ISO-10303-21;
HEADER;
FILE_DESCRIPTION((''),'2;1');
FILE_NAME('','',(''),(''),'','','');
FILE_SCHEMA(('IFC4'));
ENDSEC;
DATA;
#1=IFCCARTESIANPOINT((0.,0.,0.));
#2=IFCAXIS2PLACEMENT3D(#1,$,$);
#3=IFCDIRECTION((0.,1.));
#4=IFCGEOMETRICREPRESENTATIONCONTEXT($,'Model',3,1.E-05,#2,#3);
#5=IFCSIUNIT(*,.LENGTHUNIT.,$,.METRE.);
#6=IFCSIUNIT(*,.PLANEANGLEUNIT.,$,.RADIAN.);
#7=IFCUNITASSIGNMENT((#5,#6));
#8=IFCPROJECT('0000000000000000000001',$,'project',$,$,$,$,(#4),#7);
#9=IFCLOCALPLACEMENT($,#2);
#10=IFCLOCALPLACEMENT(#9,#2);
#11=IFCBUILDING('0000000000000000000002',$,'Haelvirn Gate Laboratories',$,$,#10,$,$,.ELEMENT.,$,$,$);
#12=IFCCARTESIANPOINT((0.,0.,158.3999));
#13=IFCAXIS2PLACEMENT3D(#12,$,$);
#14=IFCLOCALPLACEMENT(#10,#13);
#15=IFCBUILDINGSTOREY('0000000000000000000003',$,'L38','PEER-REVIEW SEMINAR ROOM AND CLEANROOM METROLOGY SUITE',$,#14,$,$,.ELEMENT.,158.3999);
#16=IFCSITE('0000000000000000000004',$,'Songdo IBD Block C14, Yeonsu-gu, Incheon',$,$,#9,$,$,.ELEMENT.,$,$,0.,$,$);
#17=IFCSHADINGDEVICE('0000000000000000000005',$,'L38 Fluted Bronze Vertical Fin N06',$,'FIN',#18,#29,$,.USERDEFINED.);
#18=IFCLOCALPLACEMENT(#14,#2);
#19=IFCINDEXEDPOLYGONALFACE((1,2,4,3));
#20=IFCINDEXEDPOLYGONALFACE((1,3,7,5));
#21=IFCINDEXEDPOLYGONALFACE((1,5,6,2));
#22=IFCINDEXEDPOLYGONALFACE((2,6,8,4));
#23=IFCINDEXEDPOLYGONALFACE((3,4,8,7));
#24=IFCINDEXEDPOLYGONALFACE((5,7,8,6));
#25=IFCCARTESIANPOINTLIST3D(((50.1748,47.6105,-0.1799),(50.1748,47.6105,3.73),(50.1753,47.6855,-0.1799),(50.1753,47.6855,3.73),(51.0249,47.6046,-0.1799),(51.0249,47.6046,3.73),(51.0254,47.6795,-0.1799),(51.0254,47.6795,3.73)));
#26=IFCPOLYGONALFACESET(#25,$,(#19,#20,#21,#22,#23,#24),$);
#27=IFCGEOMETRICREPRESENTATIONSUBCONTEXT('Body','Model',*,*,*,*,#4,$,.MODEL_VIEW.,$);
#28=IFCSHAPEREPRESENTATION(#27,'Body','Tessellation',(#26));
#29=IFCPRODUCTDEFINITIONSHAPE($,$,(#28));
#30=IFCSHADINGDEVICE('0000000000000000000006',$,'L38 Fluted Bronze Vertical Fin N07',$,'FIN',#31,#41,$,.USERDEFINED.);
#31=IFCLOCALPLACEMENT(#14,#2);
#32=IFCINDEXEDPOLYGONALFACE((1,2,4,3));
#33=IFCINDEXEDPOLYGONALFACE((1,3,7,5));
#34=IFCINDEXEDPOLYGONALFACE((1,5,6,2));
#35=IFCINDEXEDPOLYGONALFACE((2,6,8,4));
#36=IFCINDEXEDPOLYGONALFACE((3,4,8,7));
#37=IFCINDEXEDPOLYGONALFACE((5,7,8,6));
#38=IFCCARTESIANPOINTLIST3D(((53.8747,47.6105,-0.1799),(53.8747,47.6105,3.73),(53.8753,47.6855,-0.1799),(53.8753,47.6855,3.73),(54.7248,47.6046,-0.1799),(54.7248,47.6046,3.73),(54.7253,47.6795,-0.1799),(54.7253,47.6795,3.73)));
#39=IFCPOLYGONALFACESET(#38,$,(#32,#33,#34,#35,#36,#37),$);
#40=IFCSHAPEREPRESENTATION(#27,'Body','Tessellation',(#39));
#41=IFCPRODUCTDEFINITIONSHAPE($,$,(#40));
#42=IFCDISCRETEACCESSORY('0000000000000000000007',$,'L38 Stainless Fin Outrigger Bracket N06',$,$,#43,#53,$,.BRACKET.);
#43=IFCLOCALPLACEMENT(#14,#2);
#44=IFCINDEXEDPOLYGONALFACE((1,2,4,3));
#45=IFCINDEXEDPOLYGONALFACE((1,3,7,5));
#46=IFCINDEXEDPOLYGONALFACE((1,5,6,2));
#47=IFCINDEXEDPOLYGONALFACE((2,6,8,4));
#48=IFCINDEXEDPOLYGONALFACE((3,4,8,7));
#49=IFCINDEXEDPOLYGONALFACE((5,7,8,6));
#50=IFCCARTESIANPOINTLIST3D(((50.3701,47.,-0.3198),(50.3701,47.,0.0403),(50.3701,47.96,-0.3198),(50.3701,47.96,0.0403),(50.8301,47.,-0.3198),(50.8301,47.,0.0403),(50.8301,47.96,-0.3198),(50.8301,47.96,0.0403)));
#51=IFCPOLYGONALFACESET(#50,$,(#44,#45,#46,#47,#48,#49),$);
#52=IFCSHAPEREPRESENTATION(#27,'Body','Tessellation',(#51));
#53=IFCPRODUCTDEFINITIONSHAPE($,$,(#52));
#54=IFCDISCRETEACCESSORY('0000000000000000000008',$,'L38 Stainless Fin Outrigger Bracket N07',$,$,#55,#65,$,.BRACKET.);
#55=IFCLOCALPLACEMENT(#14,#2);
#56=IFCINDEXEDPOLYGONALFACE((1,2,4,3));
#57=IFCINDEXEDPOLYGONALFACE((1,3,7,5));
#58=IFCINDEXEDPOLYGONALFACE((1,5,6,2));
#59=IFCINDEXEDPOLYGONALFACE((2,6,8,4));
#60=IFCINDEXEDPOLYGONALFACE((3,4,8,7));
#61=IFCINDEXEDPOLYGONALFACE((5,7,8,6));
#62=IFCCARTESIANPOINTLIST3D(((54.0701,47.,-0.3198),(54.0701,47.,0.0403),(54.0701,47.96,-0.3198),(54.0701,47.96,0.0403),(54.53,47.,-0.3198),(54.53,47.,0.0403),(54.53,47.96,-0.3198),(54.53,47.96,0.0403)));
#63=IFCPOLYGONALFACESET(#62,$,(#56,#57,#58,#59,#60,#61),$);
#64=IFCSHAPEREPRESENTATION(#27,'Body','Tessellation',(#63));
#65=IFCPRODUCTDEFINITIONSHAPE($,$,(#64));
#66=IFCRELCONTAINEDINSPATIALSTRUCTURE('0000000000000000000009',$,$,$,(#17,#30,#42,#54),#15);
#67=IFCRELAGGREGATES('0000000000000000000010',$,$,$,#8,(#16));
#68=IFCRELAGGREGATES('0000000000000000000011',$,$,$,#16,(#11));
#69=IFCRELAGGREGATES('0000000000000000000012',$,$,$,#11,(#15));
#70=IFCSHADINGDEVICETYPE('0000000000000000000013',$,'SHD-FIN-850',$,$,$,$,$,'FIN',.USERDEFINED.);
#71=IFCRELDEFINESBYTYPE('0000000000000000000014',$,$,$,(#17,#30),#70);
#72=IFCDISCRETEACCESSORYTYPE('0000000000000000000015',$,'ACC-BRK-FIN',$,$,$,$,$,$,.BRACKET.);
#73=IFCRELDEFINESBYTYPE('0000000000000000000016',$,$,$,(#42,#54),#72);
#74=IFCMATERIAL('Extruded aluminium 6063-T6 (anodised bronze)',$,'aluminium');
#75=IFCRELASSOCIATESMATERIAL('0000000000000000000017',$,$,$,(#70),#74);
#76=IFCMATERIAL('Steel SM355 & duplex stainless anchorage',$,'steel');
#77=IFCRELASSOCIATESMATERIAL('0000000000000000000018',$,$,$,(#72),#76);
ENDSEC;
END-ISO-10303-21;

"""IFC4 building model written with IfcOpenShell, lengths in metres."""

from ifc_helpers import new_model, si_unit, direction, frame, origin, origin_2d, place, context, subcontext, project, spatial, rectangle, extrude, source, transform, mapped, material, material_profile, profile_set, type_object, type_shapes, element, save


model = new_model("IFC4")

# Units and contexts
model_context = context("Model", 3, precision=1e-05, world=origin(), true_north=direction((0.0, 1.0)))
body_context = subcontext(model_context, "Body", "Model", "MODEL_VIEW")
ifc_project = project(units=[si_unit("LENGTHUNIT", "METRE"), si_unit("PLANEANGLEUNIT", "RADIAN")], contexts=[model_context])

# Site, building, storey
site_placement = place(None, origin())
site = spatial("IfcSite", under=ifc_project, at=site_placement, Name="Songdo IBD Block C14, Yeonsu-gu, Incheon", CompositionType="ELEMENT", RefElevation=0.0)
building_placement = place(site_placement, origin())
building = spatial("IfcBuilding", under=site, at=building_placement, Name="Haelvirn Gate Laboratories", CompositionType="ELEMENT")
storey_placement = place(building_placement, frame((0.0, 0.0, 158.3999)))
storey = spatial("IfcBuildingStorey", under=building, at=storey_placement, Name="L38", Description="PEER-REVIEW SEMINAR ROOM AND CLEANROOM METROLOGY SUITE", CompositionType="ELEMENT", Elevation=158.3999)

# Shared definitions
ifc_material_1 = material(Name="Extruded aluminium 6063-T6 (anodised bronze)", Category="aluminium")

# Shading devices
ifc_material_profile_1 = material_profile(ifc_material_1, rectangle(XDim=0.075, YDim=0.8501, at=origin_2d()), Name="FIN-850x75")
ifc_profile_set_1 = profile_set([ifc_material_profile_1], Name="Extruded aluminium 6063-T6 (anodised bronze)")
shading_device_type = type_object("IfcShadingDeviceType", Name="SHD-FIN-850", ElementType="FIN", PredefinedType="USERDEFINED", material=ifc_profile_set_1)
shared_shape_1 = source(origin(), body_context, "Body", "SweptSolid", [
    extrude(rectangle(XDim=0.075, YDim=0.8501, at=origin_2d()), origin(), (0.0, 0.0, 1.0), 3.9099),
])
type_shapes(shading_device_type, [shared_shape_1])
for number, where, z_axis, x_axis, name in (
    (1, (50.6001, 47.645, -0.1799), (0.0, 0.0, 1.0), (0.006981, 0.999976, 0.0), "L38 Fluted Bronze Vertical Fin N06"),
    (2, (54.3, 47.645, -0.1799), (0.0, 0.0, 1.0), (0.006981, 0.999976, 0.0), "L38 Fluted Bronze Vertical Fin N07"),
):
    element("IfcShadingDevice", number, at=place(storey_placement, frame(where, z_axis=z_axis, x_axis=x_axis)), inside=storey, type_object=shading_device_type, Name=name, ObjectType="FIN", PredefinedType="USERDEFINED", context=body_context, shape_type="MappedRepresentation", body=[
        mapped(shared_shape_1, transform((0.0, 0.0, 0.0), scale=1.0)),
    ])

# Discrete accessories
ifc_material_2 = material(Name="Steel SM355 & duplex stainless anchorage", Category="steel")
discrete_accessory_type = type_object("IfcDiscreteAccessoryType", Name="ACC-BRK-FIN", PredefinedType="BRACKET", material=ifc_material_2)
shared_shape_2 = source(origin(), body_context, "Body", "SweptSolid", [
    extrude(rectangle(XDim=0.46, YDim=0.96, at=origin_2d()), origin(), (0.0, 0.0, 1.0), 0.3601),
])
type_shapes(discrete_accessory_type, [shared_shape_2])
for number, where, z_axis, x_axis, name in (
    (3, (50.6001, 47.48, -0.3198), (0.0, 0.0, 1.0), (1.0, 0.0, 0.0), "L38 Stainless Fin Outrigger Bracket N06"),
    (4, (54.3, 47.48, -0.3198), (0.0, 0.0, 1.0), (1.0, 0.0, 0.0), "L38 Stainless Fin Outrigger Bracket N07"),
):
    element("IfcDiscreteAccessory", number, at=place(storey_placement, frame(where, z_axis=z_axis, x_axis=x_axis)), inside=storey, type_object=discrete_accessory_type, Name=name, PredefinedType="BRACKET", context=body_context, shape_type="MappedRepresentation", body=[
        mapped(shared_shape_2, transform((0.0, 0.0, 0.0), scale=1.0)),
    ])

save(model, "model.ifc")
